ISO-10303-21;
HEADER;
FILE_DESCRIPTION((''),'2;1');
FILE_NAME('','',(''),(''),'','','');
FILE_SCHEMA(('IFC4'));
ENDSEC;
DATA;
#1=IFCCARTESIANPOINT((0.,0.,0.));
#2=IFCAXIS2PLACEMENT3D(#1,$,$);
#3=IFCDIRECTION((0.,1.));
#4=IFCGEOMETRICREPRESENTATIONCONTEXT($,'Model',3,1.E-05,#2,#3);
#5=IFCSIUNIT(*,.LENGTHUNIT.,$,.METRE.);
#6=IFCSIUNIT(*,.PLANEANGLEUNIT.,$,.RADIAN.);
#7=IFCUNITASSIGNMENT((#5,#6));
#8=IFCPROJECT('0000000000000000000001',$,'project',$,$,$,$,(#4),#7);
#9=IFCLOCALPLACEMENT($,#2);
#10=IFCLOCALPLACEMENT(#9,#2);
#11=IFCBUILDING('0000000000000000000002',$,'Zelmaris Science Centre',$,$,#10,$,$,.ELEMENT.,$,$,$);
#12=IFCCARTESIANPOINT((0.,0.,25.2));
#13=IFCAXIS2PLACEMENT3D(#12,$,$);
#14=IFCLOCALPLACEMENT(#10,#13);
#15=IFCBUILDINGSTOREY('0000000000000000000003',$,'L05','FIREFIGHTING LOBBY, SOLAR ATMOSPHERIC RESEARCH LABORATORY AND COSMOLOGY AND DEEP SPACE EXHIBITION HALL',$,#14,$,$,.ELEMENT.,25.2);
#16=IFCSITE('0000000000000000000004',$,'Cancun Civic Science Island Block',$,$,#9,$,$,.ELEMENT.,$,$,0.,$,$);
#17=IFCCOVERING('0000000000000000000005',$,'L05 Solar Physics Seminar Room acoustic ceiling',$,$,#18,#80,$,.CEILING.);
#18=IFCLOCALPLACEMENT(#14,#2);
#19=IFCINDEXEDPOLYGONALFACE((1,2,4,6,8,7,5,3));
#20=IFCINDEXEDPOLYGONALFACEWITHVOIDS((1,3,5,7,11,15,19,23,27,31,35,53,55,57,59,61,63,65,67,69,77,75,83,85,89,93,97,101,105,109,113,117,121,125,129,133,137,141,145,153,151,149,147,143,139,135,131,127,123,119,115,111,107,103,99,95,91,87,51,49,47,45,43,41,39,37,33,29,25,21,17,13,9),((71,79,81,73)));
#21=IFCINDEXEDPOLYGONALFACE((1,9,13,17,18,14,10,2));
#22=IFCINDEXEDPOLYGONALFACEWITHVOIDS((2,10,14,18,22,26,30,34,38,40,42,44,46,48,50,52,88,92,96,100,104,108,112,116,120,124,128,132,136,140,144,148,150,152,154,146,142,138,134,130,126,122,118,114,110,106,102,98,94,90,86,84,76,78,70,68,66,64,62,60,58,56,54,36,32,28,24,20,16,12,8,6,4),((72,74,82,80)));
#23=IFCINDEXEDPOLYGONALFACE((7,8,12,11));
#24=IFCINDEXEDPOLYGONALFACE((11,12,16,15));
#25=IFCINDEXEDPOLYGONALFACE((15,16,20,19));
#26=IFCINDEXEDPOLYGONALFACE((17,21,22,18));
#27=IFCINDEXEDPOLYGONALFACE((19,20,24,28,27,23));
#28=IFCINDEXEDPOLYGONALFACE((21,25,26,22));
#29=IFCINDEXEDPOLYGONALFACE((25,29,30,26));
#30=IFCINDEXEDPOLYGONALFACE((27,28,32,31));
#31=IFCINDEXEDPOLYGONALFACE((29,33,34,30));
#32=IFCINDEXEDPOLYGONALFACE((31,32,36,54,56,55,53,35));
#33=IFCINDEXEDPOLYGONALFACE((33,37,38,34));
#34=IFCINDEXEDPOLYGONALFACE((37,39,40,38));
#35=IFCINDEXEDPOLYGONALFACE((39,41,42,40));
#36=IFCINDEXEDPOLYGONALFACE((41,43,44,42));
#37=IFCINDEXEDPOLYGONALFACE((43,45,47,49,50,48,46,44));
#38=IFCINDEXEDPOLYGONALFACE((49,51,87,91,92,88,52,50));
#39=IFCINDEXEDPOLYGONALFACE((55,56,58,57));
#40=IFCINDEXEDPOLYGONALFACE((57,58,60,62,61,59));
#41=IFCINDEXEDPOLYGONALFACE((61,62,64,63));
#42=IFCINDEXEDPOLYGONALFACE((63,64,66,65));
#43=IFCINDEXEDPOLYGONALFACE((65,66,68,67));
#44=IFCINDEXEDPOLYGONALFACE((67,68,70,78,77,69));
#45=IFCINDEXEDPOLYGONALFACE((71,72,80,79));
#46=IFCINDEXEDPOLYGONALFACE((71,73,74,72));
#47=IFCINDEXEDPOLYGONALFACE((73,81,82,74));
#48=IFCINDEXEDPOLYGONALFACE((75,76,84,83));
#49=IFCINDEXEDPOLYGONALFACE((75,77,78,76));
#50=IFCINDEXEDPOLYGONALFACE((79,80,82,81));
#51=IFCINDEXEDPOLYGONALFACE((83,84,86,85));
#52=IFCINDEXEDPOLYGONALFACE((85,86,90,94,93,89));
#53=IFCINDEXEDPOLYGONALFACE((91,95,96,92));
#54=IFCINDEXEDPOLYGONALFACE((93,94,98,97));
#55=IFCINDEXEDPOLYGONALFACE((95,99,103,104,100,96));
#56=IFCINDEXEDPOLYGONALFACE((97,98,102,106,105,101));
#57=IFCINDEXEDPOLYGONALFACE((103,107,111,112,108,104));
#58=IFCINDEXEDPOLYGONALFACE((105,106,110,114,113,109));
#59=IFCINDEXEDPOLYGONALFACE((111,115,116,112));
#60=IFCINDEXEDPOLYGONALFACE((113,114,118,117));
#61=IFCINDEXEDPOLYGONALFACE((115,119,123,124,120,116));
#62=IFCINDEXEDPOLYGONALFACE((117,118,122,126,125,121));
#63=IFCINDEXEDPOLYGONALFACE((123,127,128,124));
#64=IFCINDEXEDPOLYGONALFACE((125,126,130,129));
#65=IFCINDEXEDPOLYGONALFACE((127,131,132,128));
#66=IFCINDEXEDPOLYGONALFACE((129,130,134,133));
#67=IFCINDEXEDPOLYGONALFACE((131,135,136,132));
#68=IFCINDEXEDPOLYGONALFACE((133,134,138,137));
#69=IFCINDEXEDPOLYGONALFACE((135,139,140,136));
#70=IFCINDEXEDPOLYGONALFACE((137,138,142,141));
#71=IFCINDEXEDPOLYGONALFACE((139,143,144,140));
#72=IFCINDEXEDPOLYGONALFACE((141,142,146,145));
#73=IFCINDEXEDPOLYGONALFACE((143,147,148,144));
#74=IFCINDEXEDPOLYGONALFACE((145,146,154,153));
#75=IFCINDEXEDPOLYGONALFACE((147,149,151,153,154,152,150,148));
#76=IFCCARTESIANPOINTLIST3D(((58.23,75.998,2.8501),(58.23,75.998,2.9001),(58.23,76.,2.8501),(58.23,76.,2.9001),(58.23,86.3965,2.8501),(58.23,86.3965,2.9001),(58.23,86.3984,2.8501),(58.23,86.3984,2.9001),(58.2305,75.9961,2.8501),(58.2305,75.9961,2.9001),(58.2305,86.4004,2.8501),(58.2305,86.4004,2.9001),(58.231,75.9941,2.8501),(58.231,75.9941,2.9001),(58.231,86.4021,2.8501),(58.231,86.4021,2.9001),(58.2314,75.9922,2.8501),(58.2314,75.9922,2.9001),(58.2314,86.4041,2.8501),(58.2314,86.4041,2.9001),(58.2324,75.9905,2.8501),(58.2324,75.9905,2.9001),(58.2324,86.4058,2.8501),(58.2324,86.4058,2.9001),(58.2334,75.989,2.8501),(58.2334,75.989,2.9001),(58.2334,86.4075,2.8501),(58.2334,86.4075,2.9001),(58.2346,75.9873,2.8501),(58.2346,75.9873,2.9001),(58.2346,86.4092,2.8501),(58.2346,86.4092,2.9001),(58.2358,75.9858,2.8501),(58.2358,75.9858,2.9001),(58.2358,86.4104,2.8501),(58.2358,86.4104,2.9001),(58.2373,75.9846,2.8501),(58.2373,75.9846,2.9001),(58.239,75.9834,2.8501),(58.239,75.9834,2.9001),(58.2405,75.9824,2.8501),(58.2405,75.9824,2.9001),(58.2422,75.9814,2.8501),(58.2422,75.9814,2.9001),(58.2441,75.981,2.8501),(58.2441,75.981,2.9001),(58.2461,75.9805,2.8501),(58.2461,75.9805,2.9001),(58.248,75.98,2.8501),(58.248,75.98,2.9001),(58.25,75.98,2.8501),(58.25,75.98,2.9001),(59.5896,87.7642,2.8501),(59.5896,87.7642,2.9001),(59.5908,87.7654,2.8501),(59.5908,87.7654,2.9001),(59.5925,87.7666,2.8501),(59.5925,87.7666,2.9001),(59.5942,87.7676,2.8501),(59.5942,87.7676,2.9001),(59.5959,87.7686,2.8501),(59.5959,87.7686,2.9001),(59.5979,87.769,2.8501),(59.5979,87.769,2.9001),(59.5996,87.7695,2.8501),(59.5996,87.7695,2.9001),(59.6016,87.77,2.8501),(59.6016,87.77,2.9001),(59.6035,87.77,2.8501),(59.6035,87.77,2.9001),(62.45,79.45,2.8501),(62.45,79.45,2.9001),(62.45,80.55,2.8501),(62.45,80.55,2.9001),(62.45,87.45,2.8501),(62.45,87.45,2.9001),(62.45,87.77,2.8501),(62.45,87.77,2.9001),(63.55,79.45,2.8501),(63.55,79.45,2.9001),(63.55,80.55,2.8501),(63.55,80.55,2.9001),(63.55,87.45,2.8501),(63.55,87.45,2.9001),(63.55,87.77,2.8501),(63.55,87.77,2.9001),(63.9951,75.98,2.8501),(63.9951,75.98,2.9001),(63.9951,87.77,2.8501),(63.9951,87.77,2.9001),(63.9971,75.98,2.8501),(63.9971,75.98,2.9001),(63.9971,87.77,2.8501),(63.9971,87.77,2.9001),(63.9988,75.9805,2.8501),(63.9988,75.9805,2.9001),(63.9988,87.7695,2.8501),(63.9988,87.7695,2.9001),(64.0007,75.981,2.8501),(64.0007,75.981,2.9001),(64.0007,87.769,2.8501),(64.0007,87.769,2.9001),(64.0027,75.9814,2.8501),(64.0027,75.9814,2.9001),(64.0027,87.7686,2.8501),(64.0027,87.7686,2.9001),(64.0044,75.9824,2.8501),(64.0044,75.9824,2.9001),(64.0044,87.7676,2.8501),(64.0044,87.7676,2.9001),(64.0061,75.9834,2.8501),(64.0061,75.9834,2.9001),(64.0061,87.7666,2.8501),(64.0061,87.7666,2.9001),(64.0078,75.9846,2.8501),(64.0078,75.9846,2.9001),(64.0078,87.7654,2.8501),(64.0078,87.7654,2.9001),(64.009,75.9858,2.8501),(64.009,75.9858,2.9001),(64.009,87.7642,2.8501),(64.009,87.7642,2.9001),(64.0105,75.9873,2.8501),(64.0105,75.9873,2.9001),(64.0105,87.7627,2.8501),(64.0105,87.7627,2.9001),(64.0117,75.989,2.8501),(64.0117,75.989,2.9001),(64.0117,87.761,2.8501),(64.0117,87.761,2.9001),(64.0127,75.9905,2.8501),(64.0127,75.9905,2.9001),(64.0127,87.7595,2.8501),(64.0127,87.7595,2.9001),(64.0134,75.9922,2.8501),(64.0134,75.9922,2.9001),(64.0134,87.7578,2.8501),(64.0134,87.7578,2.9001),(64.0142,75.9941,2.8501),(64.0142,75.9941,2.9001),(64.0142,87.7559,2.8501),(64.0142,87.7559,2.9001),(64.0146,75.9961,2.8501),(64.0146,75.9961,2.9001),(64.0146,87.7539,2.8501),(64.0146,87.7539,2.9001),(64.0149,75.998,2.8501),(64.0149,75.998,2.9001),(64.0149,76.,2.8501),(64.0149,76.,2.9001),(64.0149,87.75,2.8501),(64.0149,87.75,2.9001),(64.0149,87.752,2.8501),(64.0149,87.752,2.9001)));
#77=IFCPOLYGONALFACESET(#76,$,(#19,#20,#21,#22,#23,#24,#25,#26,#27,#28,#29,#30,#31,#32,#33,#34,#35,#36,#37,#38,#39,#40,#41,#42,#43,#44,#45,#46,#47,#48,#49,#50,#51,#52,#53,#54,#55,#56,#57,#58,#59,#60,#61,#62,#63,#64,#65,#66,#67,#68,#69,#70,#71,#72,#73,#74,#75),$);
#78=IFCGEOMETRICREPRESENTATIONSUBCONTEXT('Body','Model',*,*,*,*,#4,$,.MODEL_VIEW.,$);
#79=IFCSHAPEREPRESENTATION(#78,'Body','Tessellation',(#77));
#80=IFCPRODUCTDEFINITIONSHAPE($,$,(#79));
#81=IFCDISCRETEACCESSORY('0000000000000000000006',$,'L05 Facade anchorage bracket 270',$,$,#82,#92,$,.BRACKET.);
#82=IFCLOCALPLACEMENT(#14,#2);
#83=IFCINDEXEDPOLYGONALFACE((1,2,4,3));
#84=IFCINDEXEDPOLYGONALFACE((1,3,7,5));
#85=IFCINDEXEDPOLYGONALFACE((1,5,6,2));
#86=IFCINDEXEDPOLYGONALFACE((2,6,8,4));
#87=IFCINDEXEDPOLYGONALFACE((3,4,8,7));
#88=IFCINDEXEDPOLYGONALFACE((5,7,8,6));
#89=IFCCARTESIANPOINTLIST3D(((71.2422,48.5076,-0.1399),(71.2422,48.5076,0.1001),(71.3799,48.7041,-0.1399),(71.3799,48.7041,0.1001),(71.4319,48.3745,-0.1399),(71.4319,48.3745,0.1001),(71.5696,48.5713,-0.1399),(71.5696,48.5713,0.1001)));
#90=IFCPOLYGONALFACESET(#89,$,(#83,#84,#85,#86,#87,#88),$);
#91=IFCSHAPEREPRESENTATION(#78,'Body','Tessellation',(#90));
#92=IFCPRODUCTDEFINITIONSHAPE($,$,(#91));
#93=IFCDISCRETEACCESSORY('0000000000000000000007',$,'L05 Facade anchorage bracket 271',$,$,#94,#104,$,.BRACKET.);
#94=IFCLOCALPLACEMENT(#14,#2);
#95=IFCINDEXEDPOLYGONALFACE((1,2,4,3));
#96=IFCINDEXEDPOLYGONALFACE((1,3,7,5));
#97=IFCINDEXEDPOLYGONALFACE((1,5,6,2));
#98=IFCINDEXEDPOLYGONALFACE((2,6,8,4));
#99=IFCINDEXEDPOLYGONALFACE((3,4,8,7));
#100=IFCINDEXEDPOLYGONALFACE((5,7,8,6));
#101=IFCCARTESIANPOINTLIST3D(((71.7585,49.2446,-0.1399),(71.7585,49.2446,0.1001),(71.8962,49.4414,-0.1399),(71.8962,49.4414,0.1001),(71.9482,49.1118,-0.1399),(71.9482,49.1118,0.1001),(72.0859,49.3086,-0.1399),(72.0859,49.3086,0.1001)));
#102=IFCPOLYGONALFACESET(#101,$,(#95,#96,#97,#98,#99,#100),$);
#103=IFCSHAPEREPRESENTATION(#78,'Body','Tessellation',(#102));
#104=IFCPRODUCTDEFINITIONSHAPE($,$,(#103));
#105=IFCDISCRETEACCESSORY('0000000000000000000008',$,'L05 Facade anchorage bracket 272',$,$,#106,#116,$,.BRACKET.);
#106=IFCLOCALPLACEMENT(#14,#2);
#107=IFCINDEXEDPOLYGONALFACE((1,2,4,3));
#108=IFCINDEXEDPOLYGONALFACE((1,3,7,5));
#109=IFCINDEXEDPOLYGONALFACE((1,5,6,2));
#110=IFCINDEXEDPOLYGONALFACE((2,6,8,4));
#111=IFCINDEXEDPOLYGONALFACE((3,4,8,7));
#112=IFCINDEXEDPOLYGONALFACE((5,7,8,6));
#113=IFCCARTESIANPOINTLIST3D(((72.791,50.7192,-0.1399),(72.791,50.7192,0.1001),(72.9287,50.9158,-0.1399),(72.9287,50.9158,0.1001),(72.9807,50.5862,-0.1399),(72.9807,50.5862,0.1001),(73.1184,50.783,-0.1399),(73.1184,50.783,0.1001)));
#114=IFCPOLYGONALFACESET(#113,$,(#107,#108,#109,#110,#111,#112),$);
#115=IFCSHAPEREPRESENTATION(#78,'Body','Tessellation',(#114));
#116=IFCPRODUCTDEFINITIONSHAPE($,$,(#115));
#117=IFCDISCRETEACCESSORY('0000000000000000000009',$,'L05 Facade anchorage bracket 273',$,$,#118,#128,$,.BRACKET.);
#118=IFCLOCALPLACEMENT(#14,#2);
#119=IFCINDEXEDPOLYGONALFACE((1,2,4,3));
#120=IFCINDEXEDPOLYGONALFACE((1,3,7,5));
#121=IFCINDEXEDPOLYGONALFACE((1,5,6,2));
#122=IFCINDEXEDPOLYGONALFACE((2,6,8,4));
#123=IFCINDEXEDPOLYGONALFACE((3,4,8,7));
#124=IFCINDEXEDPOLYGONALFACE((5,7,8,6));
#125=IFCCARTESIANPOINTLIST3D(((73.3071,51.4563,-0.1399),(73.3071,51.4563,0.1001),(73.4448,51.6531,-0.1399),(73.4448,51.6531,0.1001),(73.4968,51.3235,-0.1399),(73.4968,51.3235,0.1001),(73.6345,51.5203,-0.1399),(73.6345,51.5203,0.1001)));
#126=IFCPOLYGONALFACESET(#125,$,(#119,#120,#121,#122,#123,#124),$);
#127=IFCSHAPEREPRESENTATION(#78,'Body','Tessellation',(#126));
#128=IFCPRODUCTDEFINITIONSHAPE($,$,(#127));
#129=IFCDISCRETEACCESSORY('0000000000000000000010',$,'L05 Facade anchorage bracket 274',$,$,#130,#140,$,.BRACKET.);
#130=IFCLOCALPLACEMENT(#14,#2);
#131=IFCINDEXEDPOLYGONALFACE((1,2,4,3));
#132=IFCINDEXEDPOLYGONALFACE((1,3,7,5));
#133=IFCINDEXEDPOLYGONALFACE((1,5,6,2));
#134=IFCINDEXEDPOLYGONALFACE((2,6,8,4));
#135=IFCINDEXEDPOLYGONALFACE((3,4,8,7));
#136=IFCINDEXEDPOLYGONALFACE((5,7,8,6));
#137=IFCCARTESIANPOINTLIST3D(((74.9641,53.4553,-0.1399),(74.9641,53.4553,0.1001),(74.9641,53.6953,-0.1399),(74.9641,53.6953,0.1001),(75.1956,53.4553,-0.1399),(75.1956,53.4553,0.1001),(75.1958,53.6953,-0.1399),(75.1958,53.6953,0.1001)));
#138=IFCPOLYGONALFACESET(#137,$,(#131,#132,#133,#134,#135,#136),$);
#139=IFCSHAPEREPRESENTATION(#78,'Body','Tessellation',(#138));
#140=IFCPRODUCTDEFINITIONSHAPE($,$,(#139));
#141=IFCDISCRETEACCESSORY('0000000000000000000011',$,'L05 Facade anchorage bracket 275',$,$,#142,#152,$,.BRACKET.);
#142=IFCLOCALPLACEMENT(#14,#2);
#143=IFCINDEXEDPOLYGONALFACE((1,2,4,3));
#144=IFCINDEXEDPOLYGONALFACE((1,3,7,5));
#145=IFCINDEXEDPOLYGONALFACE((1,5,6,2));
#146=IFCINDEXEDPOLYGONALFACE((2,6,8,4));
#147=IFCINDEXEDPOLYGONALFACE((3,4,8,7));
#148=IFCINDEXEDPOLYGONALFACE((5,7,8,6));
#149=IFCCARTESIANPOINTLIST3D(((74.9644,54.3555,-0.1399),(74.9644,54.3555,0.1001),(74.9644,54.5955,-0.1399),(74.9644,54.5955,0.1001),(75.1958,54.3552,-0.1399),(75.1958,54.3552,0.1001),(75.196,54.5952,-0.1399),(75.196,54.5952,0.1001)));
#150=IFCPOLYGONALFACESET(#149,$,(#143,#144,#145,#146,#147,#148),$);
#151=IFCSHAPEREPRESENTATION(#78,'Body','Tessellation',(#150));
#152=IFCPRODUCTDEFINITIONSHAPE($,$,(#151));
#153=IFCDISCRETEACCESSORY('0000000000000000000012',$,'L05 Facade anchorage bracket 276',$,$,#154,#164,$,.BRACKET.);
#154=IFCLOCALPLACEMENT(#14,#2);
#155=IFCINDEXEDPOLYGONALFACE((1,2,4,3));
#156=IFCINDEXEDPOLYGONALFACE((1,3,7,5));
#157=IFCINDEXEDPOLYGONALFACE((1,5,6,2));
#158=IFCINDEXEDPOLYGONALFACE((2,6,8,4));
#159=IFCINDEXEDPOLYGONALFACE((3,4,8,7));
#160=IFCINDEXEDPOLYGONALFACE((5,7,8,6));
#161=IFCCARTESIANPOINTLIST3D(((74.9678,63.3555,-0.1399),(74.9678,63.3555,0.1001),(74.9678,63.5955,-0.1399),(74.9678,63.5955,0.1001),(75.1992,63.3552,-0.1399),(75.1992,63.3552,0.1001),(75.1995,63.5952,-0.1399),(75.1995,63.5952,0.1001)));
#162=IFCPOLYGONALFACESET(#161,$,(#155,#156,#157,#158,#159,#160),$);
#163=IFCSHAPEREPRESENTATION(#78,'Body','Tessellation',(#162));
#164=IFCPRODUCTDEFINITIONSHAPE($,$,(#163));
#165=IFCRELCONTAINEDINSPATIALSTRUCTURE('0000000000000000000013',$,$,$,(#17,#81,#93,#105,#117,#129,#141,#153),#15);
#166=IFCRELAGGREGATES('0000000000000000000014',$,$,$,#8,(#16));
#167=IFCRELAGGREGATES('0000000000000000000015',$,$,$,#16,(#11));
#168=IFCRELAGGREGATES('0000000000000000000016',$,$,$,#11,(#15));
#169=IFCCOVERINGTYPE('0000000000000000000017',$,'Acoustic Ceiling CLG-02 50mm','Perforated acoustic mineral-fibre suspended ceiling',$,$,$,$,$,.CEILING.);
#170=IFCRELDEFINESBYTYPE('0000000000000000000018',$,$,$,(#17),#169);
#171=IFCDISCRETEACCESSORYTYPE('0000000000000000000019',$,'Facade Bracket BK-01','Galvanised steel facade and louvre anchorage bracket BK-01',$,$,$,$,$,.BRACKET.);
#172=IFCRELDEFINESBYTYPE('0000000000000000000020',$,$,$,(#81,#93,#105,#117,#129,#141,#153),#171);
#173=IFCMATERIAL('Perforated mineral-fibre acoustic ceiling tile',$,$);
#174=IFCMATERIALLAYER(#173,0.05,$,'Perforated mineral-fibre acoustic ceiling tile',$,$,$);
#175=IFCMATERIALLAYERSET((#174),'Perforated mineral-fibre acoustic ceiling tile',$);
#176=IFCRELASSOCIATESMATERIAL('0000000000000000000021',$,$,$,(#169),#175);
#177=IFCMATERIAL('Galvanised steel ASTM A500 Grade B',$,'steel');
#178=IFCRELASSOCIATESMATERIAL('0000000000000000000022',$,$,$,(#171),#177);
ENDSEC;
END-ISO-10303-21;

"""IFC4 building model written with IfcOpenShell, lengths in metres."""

from ifc_helpers import new_model, si_unit, direction, frame, origin, place, context, subcontext, project, spatial, polyline, outline, extrude, material, layer, layer_set, type_object, element, save


model = new_model("IFC4")

# Units and contexts
model_context = context("Model", 3, precision=1e-05, world=origin(), true_north=direction((0.0, 1.0)))
body_context = subcontext(model_context, "Body", "Model", "MODEL_VIEW")
ifc_project = project(units=[si_unit("LENGTHUNIT", "METRE"), si_unit("PLANEANGLEUNIT", "RADIAN")], contexts=[model_context])

# Site, building, storey
site_placement = place(None, origin())
site = spatial("IfcSite", under=ifc_project, at=site_placement, Name="Cancun Civic Science Island Block", CompositionType="ELEMENT", RefElevation=0.0)
building_placement = place(site_placement, origin())
building = spatial("IfcBuilding", under=site, at=building_placement, Name="Zelmaris Science Centre", CompositionType="ELEMENT")
storey_placement = place(building_placement, frame((0.0, 0.0, 25.2)))
storey = spatial("IfcBuildingStorey", under=building, at=storey_placement, Name="L05", Description="FIREFIGHTING LOBBY, SOLAR ATMOSPHERIC RESEARCH LABORATORY AND COSMOLOGY AND DEEP SPACE EXHIBITION HALL", CompositionType="ELEMENT", Elevation=25.2)

# Covering
ifc_material_1 = material(Name="Perforated mineral-fibre acoustic ceiling tile")
ifc_layer_1 = layer(ifc_material_1, 0.05, Name="Perforated mineral-fibre acoustic ceiling tile")
ifc_layer_set_1 = layer_set([ifc_layer_1], Name="Perforated mineral-fibre acoustic ceiling tile")
covering_type_1 = type_object("IfcCoveringType", Name="Acoustic Ceiling CLG-02 50mm", Description="Perforated acoustic mineral-fibre suspended ceiling", PredefinedType="CEILING", material=ifc_layer_set_1)
covering_1_placement = place(storey_placement, frame((0.0, 0.0, 2.8501)))
element("IfcCovering", 1, at=covering_1_placement, inside=storey, type_object=covering_type_1, Name="L05 Solar Physics Seminar Room acoustic ceiling", PredefinedType="CEILING", context=body_context, shape_type="SweptSolid", body=[
    extrude(outline(polyline([(58.248, 75.98), (58.2461, 75.9805), (58.2441, 75.981), (58.2422, 75.9814), (58.2405, 75.9824), (58.239, 75.9834), (58.2373, 75.9846), (58.2358, 75.9858), (58.2346, 75.9873), (58.2334, 75.989), (58.2324, 75.9905), (58.2314, 75.9922), (58.231, 75.9941), (58.2305, 75.9961), (58.23, 75.998), (58.23, 76.0), (58.23, 86.3965), (58.23, 86.3984), (58.2305, 86.4004), (58.231, 86.4021), (58.2314, 86.4041), (58.2324, 86.4058), (58.2334, 86.4075), (58.2346, 86.4092), (58.2358, 86.4104), (59.5896, 87.7642), (59.5908, 87.7654), (59.5925, 87.7666), (59.5942, 87.7676), (59.5959, 87.7686), (59.5979, 87.769), (59.5996, 87.7695), (59.6016, 87.77), (59.6035, 87.77), (62.45, 87.77), (62.45, 87.45), (63.55, 87.45), (63.55, 87.77), (63.9951, 87.77), (63.9971, 87.77), (63.9988, 87.7695), (64.0007, 87.769), (64.0027, 87.7686), (64.0044, 87.7676), (64.0061, 87.7666), (64.0078, 87.7654), (64.009, 87.7642), (64.0105, 87.7627), (64.0117, 87.761), (64.0127, 87.7595), (64.0134, 87.7578), (64.0142, 87.7559), (64.0146, 87.7539), (64.0149, 87.752), (64.0149, 87.75), (64.0149, 76.0), (64.0149, 75.998), (64.0146, 75.9961), (64.0142, 75.9941), (64.0134, 75.9922), (64.0127, 75.9905), (64.0117, 75.989), (64.0105, 75.9873), (64.009, 75.9858), (64.0078, 75.9846), (64.0061, 75.9834), (64.0044, 75.9824), (64.0027, 75.9814), (64.0007, 75.981), (63.9988, 75.9805), (63.9971, 75.98), (63.9951, 75.98), (58.25, 75.98), (58.248, 75.98)]), holes=[polyline([(62.45, 80.55), (62.45, 79.45), (63.55, 79.45), (63.55, 80.55), (62.45, 80.55)])]), origin(), (0.0, 0.0, 1.0), 0.05),
])

# Discrete accessories
ifc_material_2 = material(Name="Galvanised steel ASTM A500 Grade B", Category="steel")
discrete_accessory_type = type_object("IfcDiscreteAccessoryType", Name="Facade Bracket BK-01", Description="Galvanised steel facade and louvre anchorage bracket BK-01", PredefinedType="BRACKET", material=ifc_material_2)
discrete_accessory_1_placement = place(storey_placement, frame((0.0, 0.0, -0.1399)))
element("IfcDiscreteAccessory", 2, at=discrete_accessory_1_placement, inside=storey, type_object=discrete_accessory_type, Name="L05 Facade anchorage bracket 270", PredefinedType="BRACKET", context=body_context, shape_type="SweptSolid", body=[
    extrude(outline(polyline([(71.4319, 48.3745), (71.5696, 48.5713), (71.3799, 48.7041), (71.2422, 48.5076), (71.4319, 48.3745)])), origin(), (0.0, 0.0, 1.0), 0.24),
])
discrete_accessory_2_placement = place(storey_placement, frame((0.0, 0.0, -0.1399)))
element("IfcDiscreteAccessory", 3, at=discrete_accessory_2_placement, inside=storey, type_object=discrete_accessory_type, Name="L05 Facade anchorage bracket 271", PredefinedType="BRACKET", context=body_context, shape_type="SweptSolid", body=[
    extrude(outline(polyline([(71.9482, 49.1118), (72.0859, 49.3086), (71.8962, 49.4414), (71.7585, 49.2446), (71.9482, 49.1118)])), origin(), (0.0, 0.0, 1.0), 0.24),
])
discrete_accessory_3_placement = place(storey_placement, frame((0.0, 0.0, -0.1399)))
element("IfcDiscreteAccessory", 4, at=discrete_accessory_3_placement, inside=storey, type_object=discrete_accessory_type, Name="L05 Facade anchorage bracket 272", PredefinedType="BRACKET", context=body_context, shape_type="SweptSolid", body=[
    extrude(outline(polyline([(72.9807, 50.5862), (73.1184, 50.783), (72.9287, 50.9158), (72.791, 50.7192), (72.9807, 50.5862)])), origin(), (0.0, 0.0, 1.0), 0.24),
])
discrete_accessory_4_placement = place(storey_placement, frame((0.0, 0.0, -0.1399)))
element("IfcDiscreteAccessory", 5, at=discrete_accessory_4_placement, inside=storey, type_object=discrete_accessory_type, Name="L05 Facade anchorage bracket 273", PredefinedType="BRACKET", context=body_context, shape_type="SweptSolid", body=[
    extrude(outline(polyline([(73.4968, 51.3235), (73.6345, 51.5203), (73.4448, 51.6531), (73.3071, 51.4563), (73.4968, 51.3235)])), origin(), (0.0, 0.0, 1.0), 0.24),
])
discrete_accessory_5_placement = place(storey_placement, frame((0.0, 0.0, -0.1399)))
element("IfcDiscreteAccessory", 6, at=discrete_accessory_5_placement, inside=storey, type_object=discrete_accessory_type, Name="L05 Facade anchorage bracket 274", PredefinedType="BRACKET", context=body_context, shape_type="SweptSolid", body=[
    extrude(outline(polyline([(75.1956, 53.4553), (75.1958, 53.6953), (74.9641, 53.6953), (74.9641, 53.4553), (75.1956, 53.4553)])), origin(), (0.0, 0.0, 1.0), 0.24),
])
discrete_accessory_6_placement = place(storey_placement, frame((0.0, 0.0, -0.1399)))
element("IfcDiscreteAccessory", 7, at=discrete_accessory_6_placement, inside=storey, type_object=discrete_accessory_type, Name="L05 Facade anchorage bracket 275", PredefinedType="BRACKET", context=body_context, shape_type="SweptSolid", body=[
    extrude(outline(polyline([(75.1958, 54.3552), (75.196, 54.5952), (74.9644, 54.5955), (74.9644, 54.3555), (75.1958, 54.3552)])), origin(), (0.0, 0.0, 1.0), 0.24),
])
discrete_accessory_7_placement = place(storey_placement, frame((0.0, 0.0, -0.1399)))
element("IfcDiscreteAccessory", 8, at=discrete_accessory_7_placement, inside=storey, type_object=discrete_accessory_type, Name="L05 Facade anchorage bracket 276", PredefinedType="BRACKET", context=body_context, shape_type="SweptSolid", body=[
    extrude(outline(polyline([(75.1992, 63.3552), (75.1995, 63.5952), (74.9678, 63.5955), (74.9678, 63.3555), (75.1992, 63.3552)])), origin(), (0.0, 0.0, 1.0), 0.24),
])

save(model, "model.ifc")
